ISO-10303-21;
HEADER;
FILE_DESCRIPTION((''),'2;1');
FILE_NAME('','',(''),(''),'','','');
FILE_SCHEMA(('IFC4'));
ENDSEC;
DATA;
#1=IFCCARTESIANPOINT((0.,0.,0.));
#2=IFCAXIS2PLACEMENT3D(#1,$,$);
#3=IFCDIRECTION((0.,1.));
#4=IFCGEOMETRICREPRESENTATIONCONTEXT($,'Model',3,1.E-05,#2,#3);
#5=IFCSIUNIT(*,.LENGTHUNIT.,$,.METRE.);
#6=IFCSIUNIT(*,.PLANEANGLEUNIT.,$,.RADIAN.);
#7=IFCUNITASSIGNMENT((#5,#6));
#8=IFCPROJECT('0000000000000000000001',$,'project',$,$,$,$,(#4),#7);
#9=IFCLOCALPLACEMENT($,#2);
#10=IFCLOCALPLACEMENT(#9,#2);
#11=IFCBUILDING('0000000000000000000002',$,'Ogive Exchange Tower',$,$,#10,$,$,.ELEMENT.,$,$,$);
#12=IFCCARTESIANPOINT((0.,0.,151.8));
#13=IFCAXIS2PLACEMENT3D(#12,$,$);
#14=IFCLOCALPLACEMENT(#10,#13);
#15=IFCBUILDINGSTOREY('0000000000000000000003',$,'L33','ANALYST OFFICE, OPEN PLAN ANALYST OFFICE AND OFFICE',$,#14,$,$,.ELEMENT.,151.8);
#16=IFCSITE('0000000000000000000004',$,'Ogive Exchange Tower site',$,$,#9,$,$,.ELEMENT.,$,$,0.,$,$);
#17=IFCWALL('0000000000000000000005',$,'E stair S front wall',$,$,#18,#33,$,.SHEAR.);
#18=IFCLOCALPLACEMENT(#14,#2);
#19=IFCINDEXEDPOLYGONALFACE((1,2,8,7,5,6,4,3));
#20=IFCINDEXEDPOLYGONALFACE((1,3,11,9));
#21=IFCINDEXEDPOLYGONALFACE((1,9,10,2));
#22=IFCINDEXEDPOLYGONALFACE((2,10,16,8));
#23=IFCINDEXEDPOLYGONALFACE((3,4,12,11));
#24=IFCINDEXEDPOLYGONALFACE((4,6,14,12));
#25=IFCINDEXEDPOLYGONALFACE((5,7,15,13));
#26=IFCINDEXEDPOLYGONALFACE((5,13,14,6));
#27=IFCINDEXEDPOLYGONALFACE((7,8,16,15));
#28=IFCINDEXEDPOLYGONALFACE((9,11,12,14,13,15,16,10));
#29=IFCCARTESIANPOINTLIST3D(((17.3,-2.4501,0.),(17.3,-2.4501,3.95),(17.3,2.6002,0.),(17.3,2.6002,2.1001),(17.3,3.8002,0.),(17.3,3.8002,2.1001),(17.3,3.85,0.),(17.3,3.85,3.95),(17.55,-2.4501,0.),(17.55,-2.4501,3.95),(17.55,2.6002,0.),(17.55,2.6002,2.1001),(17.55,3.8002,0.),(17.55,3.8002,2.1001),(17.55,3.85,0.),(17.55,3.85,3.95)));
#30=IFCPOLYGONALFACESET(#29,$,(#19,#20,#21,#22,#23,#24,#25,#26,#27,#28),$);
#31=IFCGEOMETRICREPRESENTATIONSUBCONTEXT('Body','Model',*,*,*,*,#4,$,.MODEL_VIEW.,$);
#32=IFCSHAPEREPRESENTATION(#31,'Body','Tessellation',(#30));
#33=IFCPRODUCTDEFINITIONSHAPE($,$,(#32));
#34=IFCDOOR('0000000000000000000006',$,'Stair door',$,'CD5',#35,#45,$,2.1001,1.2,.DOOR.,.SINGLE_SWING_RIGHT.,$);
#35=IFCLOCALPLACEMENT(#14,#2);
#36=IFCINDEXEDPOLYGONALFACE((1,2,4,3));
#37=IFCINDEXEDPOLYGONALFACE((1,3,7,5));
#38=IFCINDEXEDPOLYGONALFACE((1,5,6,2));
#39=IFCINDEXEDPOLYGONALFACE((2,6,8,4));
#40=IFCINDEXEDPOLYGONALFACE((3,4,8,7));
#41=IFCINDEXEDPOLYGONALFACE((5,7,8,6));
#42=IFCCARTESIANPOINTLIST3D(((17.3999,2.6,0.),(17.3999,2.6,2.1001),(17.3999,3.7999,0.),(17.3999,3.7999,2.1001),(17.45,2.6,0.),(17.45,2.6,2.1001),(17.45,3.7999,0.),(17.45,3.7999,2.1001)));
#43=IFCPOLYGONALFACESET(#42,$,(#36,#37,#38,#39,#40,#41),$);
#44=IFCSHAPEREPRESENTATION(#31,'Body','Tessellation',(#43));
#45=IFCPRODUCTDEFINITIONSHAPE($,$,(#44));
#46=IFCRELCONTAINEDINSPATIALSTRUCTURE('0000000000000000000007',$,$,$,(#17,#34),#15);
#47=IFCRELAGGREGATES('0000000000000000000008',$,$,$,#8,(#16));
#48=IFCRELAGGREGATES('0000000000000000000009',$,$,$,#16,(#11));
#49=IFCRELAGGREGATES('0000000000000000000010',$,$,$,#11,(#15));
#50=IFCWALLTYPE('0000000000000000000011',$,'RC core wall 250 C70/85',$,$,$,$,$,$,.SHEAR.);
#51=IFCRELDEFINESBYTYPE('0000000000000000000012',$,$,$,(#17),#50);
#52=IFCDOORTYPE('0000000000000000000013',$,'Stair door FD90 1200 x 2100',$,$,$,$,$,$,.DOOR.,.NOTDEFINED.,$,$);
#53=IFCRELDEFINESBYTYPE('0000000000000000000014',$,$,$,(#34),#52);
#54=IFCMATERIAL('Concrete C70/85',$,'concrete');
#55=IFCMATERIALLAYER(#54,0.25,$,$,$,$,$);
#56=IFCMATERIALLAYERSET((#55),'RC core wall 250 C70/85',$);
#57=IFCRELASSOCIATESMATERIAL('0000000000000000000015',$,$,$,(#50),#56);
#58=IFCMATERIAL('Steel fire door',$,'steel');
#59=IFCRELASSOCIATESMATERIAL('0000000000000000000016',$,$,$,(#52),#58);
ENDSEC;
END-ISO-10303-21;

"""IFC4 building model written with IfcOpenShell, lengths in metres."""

from ifc_helpers import new_model, si_unit, direction, frame, frame_2d, origin, place, context, subcontext, project, spatial, rectangle, extrude, material, layer, layer_set, type_object, element, fill, save


model = new_model("IFC4")

# Units and contexts
model_context = context("Model", 3, precision=1e-05, world=origin(), true_north=direction((0.0, 1.0)))
body_context = subcontext(model_context, "Body", "Model", "MODEL_VIEW")
ifc_project = project(units=[si_unit("LENGTHUNIT", "METRE"), si_unit("PLANEANGLEUNIT", "RADIAN")], contexts=[model_context])

# Site, building, storey
site_placement = place(None, origin())
site = spatial("IfcSite", under=ifc_project, at=site_placement, Name="Ogive Exchange Tower site", CompositionType="ELEMENT", RefElevation=0.0)
building_placement = place(site_placement, origin())
building = spatial("IfcBuilding", under=site, at=building_placement, Name="Ogive Exchange Tower", CompositionType="ELEMENT")
storey_placement = place(building_placement, frame((0.0, 0.0, 151.8)))
storey = spatial("IfcBuildingStorey", under=building, at=storey_placement, Name="L33", Description="ANALYST OFFICE, OPEN PLAN ANALYST OFFICE AND OFFICE", CompositionType="ELEMENT", Elevation=151.8)

# Wall, opening, door
ifc_material_1 = material(Name="Concrete C70/85", Category="concrete")
ifc_layer_1 = layer(ifc_material_1, 0.25)
ifc_layer_set_1 = layer_set([ifc_layer_1], Name="RC core wall 250 C70/85")
wall_type_1 = type_object("IfcWallType", Name="RC core wall 250 C70/85", PredefinedType="SHEAR", material=ifc_layer_set_1)
wall_1_placement = place(storey_placement, frame((17.425, -2.45, 0.0), z_axis=(0.0, 0.0, 1.0), x_axis=(0.0, 1.0, 0.0)))
wall_1 = element("IfcWall", 1, at=wall_1_placement, inside=storey, type_object=wall_type_1, Name="E stair S front wall", PredefinedType="SHEAR", context=body_context, shape_type="SweptSolid", body=[
    extrude(rectangle(XDim=6.3, YDim=0.25, at=frame_2d((3.1499, 0.0))), origin(), (0.0, 0.0, 1.0), 3.95),
])
opening_1_placement = place(wall_1_placement, frame((5.05, 0.0, 0.0)))
opening_1 = element("IfcOpeningElement", 2, at=opening_1_placement, cuts=wall_1, PredefinedType="OPENING", context=body_context, shape_type="SweptSolid", body=[
    extrude(rectangle(XDim=1.2, YDim=2.1001, at=frame_2d((0.6001, 1.05))), frame((0.0, 0.135, 0.0), z_axis=(0.0, -1.0, 0.0), x_axis=(1.0, 0.0, 0.0)), (0.0, 0.0, 1.0), 0.27),
])
ifc_material_2 = material(Name="Steel fire door", Category="steel")
door_type_1 = type_object("IfcDoorType", Name="Stair door FD90 1200 x 2100", OperationType="NOTDEFINED", PredefinedType="DOOR", material=ifc_material_2)
door_1_placement = place(opening_1_placement, frame((1.2, 0.0, 0.0), z_axis=(0.0, 0.0, 1.0), x_axis=(-1.0, 0.0, 0.0)))
door_1 = element("IfcDoor", 3, at=door_1_placement, inside=storey, type_object=door_type_1, Name="Stair door", ObjectType="CD5", OperationType="SINGLE_SWING_RIGHT", OverallHeight=2.1001, OverallWidth=1.2, PredefinedType="DOOR", context=body_context, shape_type="SweptSolid", body=[
    extrude(rectangle(XDim=1.2, YDim=2.1001, at=frame_2d((0.6001, 1.05))), frame((0.0, 0.0249, 0.0), z_axis=(0.0, -1.0, 0.0), x_axis=(1.0, 0.0, 0.0)), (0.0, 0.0, 1.0), 0.05),
])
fill(opening_1, door_1)

save(model, "model.ifc")
